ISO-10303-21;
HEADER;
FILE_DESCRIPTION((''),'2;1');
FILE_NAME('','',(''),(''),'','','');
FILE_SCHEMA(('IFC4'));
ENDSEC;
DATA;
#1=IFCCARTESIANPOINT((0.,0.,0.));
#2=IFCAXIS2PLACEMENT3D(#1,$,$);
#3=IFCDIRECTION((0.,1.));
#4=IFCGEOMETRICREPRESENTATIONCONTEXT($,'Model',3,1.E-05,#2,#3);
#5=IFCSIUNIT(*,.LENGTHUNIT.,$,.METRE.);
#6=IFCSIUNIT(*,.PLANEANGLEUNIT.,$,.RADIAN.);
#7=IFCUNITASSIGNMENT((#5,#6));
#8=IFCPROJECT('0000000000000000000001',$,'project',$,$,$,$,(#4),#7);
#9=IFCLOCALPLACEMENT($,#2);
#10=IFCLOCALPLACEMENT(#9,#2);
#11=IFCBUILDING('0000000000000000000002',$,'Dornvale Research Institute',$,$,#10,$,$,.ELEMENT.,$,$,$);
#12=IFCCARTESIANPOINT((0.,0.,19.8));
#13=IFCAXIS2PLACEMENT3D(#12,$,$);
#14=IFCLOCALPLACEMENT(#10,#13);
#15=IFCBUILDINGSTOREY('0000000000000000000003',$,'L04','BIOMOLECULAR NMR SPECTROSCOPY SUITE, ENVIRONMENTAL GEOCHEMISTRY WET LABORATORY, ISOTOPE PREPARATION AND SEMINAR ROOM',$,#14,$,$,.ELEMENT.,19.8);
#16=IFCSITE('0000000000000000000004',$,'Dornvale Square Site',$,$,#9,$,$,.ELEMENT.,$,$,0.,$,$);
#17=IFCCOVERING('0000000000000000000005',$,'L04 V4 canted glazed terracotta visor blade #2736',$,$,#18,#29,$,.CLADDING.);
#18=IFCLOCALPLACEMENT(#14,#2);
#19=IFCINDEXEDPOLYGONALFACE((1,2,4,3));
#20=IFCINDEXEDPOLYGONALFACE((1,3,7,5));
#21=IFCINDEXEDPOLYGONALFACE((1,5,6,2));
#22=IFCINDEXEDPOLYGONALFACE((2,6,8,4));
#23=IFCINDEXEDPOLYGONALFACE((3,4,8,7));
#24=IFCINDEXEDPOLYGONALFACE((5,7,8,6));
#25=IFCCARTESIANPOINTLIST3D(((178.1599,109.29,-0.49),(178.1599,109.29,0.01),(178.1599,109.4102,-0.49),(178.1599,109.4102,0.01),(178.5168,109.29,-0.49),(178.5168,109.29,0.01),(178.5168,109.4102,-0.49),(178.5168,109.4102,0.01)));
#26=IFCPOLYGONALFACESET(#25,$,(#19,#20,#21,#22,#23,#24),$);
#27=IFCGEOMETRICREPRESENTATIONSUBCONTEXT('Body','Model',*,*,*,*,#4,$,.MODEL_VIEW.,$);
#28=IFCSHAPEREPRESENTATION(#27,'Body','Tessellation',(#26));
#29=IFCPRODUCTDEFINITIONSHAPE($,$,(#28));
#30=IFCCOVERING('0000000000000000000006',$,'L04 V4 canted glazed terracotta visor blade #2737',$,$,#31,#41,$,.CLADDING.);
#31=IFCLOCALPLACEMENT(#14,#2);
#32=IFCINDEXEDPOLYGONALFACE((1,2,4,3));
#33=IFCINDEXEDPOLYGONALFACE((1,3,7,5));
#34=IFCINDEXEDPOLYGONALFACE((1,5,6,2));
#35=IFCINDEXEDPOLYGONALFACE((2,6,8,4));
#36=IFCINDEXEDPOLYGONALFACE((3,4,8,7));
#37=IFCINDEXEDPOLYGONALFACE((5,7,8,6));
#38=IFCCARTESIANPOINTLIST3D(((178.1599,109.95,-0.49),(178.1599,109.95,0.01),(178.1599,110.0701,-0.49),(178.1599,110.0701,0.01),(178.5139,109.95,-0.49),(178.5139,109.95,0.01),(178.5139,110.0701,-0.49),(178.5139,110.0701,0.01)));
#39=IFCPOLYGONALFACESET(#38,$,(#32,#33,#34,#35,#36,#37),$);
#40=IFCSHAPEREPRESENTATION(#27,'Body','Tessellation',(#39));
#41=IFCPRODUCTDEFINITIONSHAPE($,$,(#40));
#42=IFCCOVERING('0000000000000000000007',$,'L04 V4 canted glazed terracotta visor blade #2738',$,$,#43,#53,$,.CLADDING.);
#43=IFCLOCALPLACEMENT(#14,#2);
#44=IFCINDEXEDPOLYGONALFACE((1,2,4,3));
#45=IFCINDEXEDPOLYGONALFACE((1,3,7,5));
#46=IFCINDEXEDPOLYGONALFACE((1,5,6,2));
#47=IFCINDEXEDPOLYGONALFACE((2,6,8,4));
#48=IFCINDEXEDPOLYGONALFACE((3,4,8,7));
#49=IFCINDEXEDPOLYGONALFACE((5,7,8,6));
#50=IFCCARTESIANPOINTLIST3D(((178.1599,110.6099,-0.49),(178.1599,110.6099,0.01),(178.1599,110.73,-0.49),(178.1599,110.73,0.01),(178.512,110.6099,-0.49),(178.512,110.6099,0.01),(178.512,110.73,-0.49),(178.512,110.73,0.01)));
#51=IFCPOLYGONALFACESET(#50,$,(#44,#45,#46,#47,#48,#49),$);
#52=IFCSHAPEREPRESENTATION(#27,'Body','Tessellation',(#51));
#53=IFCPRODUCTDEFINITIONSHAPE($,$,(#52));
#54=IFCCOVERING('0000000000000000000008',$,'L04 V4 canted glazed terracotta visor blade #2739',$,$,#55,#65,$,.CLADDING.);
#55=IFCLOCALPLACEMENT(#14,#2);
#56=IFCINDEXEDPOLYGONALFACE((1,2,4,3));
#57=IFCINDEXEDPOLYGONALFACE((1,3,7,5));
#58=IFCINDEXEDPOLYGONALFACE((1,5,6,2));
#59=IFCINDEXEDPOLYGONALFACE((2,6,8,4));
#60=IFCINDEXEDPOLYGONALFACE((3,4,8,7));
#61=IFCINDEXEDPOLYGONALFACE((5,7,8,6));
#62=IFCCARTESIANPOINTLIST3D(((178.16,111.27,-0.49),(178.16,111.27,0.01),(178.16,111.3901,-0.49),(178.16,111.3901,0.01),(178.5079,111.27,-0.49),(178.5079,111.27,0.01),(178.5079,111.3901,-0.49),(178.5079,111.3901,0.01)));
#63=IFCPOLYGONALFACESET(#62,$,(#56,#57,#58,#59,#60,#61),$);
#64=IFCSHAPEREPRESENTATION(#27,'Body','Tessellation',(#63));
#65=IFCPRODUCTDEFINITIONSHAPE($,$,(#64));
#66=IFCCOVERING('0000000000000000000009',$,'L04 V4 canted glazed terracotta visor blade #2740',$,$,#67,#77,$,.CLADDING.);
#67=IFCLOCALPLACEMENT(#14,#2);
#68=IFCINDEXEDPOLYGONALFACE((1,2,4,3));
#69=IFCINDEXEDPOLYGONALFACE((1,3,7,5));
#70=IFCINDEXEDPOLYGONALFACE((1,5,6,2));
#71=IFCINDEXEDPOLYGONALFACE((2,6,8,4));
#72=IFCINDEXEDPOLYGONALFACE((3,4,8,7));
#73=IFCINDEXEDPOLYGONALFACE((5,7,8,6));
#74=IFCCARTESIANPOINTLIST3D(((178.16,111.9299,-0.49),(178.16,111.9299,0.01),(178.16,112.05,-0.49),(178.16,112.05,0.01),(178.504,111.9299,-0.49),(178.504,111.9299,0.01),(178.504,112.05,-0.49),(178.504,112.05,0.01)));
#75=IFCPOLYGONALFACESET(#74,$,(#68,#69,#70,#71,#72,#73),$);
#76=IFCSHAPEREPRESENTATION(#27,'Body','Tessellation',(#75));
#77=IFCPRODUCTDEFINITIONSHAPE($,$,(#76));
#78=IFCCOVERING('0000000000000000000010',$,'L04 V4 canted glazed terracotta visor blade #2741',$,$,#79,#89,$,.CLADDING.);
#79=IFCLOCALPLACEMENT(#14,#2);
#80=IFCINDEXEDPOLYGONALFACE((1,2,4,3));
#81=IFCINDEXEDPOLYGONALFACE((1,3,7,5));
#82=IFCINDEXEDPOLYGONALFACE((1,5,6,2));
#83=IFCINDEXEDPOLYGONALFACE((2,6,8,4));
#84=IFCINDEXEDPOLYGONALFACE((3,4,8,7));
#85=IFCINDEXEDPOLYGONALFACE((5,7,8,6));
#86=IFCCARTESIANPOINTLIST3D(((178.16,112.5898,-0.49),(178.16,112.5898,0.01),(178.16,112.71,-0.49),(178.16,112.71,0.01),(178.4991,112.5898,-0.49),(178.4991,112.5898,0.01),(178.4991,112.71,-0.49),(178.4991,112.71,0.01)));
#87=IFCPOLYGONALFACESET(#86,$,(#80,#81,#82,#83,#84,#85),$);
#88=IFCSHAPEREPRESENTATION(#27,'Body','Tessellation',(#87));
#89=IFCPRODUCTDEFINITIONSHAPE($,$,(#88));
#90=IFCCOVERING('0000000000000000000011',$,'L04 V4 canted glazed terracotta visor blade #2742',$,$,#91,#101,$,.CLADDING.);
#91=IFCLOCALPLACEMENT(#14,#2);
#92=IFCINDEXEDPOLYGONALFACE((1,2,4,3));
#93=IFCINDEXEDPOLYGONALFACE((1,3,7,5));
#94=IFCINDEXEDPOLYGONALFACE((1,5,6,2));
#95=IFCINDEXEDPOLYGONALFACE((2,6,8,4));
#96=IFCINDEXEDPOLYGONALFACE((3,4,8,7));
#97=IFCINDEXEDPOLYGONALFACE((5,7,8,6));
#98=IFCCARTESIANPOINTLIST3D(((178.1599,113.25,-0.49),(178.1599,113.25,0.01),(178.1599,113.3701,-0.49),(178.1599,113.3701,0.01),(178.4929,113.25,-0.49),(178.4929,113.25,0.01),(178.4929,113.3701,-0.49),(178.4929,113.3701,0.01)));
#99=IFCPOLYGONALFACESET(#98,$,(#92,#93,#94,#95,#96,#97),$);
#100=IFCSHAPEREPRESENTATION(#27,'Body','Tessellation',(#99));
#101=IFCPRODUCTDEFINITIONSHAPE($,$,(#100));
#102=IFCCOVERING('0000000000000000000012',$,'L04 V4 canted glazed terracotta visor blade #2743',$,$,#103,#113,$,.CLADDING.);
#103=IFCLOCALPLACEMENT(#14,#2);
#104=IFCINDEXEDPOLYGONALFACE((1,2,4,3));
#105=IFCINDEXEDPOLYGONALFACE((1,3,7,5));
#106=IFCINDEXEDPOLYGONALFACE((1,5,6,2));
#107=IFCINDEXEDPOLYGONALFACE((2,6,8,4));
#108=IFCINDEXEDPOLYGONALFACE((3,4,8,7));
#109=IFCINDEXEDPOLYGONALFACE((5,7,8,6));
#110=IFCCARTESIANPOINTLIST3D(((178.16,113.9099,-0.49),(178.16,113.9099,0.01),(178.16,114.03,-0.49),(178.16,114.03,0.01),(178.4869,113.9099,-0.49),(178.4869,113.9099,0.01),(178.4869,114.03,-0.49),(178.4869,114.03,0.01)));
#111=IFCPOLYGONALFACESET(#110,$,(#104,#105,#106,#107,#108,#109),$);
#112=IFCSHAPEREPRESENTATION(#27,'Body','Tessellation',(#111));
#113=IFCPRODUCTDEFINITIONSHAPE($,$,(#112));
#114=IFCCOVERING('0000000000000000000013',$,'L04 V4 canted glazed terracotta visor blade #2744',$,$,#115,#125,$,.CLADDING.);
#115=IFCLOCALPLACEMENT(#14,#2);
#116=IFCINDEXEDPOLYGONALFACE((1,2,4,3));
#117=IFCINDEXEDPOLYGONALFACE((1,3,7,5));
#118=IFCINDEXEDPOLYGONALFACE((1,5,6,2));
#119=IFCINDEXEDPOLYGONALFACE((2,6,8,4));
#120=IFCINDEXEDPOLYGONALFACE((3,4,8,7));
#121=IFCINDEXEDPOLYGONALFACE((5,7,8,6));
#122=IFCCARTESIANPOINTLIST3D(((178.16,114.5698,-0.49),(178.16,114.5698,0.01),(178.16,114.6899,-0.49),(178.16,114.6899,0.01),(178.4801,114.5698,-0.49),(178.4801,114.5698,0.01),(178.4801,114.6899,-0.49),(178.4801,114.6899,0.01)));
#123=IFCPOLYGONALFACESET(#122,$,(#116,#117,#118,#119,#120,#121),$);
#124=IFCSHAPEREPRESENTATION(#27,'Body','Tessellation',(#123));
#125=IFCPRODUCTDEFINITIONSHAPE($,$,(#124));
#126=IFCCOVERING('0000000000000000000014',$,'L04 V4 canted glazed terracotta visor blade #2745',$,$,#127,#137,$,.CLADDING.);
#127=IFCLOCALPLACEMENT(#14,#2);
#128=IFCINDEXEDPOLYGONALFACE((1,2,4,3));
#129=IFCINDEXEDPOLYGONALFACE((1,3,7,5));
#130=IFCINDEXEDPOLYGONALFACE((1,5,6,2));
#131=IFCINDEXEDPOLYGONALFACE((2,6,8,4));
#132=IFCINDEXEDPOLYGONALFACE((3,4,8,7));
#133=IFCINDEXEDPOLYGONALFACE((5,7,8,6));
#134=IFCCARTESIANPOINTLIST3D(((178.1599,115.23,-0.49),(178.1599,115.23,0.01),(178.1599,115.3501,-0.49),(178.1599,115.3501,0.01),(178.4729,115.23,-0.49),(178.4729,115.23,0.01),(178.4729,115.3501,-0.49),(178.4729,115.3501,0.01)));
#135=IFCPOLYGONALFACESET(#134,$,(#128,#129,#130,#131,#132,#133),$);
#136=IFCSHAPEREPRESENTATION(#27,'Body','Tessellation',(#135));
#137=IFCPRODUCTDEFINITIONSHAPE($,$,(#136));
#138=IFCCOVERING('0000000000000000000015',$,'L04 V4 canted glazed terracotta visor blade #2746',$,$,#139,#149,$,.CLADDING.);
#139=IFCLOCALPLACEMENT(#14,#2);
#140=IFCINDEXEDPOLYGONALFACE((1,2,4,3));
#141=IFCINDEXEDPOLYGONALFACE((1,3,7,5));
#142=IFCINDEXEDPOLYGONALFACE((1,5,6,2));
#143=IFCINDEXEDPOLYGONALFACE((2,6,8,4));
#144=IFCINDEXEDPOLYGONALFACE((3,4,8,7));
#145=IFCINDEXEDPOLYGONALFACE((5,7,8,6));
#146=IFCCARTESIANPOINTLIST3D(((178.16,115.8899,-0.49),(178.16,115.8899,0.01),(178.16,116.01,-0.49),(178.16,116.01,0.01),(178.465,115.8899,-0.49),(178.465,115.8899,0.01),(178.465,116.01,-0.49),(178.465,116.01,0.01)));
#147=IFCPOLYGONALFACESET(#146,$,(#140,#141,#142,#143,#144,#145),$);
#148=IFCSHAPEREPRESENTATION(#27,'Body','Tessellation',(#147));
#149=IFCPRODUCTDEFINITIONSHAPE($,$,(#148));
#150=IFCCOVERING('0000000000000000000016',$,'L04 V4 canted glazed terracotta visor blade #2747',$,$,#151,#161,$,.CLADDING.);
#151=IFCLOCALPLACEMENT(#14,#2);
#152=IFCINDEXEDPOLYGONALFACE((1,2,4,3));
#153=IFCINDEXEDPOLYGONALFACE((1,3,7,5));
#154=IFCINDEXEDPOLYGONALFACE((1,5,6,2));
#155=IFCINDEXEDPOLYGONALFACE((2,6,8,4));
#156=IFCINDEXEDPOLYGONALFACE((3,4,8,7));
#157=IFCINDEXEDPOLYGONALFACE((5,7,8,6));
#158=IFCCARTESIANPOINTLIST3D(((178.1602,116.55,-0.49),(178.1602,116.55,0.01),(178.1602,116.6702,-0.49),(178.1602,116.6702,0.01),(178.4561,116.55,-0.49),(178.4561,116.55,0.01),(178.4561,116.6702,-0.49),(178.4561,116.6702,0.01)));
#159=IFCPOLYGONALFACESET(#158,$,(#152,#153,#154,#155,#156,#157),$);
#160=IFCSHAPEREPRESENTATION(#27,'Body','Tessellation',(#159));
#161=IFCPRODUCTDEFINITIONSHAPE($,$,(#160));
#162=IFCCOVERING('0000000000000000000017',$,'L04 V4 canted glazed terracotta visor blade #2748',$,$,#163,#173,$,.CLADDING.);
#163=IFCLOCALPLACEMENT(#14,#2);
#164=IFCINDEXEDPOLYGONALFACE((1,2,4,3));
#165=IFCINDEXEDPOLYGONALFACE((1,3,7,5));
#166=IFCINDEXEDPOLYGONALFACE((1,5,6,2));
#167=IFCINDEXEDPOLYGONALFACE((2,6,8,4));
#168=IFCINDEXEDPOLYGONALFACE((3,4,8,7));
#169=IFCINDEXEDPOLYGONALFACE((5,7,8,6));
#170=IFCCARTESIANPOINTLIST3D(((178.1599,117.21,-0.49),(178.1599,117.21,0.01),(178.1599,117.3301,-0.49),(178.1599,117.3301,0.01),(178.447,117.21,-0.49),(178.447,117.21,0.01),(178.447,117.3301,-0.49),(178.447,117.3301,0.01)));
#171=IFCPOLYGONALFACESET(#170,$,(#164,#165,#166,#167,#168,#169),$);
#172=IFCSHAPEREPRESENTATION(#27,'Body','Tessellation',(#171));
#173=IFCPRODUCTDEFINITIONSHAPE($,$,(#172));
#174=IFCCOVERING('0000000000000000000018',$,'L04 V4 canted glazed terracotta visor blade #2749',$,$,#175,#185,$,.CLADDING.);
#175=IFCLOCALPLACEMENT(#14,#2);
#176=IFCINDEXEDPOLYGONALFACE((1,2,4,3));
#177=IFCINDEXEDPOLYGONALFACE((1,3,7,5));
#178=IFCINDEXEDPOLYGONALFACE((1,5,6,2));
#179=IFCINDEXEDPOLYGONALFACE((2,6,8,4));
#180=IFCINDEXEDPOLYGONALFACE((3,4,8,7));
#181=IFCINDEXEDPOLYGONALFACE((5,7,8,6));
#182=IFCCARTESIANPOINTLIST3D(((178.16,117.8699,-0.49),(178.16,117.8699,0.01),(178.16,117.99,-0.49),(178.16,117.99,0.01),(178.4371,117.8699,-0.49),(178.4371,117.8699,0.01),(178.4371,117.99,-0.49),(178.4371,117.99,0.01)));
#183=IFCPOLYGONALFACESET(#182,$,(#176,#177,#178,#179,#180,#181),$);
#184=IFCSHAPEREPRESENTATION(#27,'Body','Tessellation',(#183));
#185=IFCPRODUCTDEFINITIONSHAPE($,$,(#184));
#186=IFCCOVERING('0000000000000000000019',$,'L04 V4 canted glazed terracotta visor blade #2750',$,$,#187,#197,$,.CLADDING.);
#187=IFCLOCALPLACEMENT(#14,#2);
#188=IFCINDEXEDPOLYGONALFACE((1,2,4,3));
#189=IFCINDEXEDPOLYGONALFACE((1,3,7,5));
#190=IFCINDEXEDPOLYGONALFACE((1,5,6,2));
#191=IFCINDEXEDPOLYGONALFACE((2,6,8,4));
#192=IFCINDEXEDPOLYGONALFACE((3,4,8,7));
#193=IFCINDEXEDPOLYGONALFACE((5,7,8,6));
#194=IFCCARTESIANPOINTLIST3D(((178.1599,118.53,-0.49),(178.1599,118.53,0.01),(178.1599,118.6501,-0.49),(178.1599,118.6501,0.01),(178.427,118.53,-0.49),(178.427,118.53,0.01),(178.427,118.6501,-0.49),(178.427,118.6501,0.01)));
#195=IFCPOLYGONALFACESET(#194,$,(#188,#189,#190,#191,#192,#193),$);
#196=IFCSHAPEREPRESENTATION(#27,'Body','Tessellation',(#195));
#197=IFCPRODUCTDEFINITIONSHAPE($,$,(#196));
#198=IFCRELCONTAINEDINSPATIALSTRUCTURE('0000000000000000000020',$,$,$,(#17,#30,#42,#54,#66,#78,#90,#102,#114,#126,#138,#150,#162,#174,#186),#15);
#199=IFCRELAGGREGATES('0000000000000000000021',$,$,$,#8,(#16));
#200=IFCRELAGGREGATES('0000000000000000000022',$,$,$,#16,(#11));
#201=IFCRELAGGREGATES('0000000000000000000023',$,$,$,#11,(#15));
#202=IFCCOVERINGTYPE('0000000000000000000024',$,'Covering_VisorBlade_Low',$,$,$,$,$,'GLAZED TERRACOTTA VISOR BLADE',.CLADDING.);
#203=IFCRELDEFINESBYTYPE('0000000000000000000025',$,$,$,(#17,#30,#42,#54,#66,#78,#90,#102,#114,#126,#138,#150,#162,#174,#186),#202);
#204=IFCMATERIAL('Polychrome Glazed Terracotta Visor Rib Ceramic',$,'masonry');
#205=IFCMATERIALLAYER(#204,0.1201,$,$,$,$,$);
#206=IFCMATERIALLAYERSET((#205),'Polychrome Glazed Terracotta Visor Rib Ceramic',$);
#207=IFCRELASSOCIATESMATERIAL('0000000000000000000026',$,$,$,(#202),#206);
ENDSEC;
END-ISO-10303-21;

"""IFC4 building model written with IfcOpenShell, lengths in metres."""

from ifc_helpers import new_model, si_unit, direction, frame, origin, origin_2d, place, context, subcontext, project, spatial, rectangle, extrude, material, layer, layer_set, type_object, element, save


model = new_model("IFC4")

# Units and contexts
model_context = context("Model", 3, precision=1e-05, world=origin(), true_north=direction((0.0, 1.0)))
body_context = subcontext(model_context, "Body", "Model", "MODEL_VIEW")
ifc_project = project(units=[si_unit("LENGTHUNIT", "METRE"), si_unit("PLANEANGLEUNIT", "RADIAN")], contexts=[model_context])

# Site, building, storey
site_placement = place(None, origin())
site = spatial("IfcSite", under=ifc_project, at=site_placement, Name="Dornvale Square Site", CompositionType="ELEMENT", RefElevation=0.0)
building_placement = place(site_placement, origin())
building = spatial("IfcBuilding", under=site, at=building_placement, Name="Dornvale Research Institute", CompositionType="ELEMENT")
storey_placement = place(building_placement, frame((0.0, 0.0, 19.8)))
storey = spatial("IfcBuildingStorey", under=building, at=storey_placement, Name="L04", Description="BIOMOLECULAR NMR SPECTROSCOPY SUITE, ENVIRONMENTAL GEOCHEMISTRY WET LABORATORY, ISOTOPE PREPARATION AND SEMINAR ROOM", CompositionType="ELEMENT", Elevation=19.8)

# Coverings
ifc_material_1 = material(Name="Polychrome Glazed Terracotta Visor Rib Ceramic", Category="masonry")
ifc_layer_1 = layer(ifc_material_1, 0.1201)
ifc_layer_set_1 = layer_set([ifc_layer_1], Name="Polychrome Glazed Terracotta Visor Rib Ceramic")
covering_type = type_object("IfcCoveringType", Name="Covering_VisorBlade_Low", ElementType="GLAZED TERRACOTTA VISOR BLADE", PredefinedType="CLADDING", material=ifc_layer_set_1)
covering_1_placement = place(storey_placement, frame((178.3384, 109.3501, -0.49), z_axis=(0.0, 0.0, 1.0), x_axis=(1.0, 0.0, 0.0)))
element("IfcCovering", 1, at=covering_1_placement, inside=storey, type_object=covering_type, Name="L04 V4 canted glazed terracotta visor blade #2736", PredefinedType="CLADDING", context=body_context, shape_type="SweptSolid", body=[
    extrude(rectangle(XDim=0.3569, YDim=0.1201, at=origin_2d()), origin(), (0.0, 0.0, 1.0), 0.5),
])
covering_2_placement = place(storey_placement, frame((178.3369, 110.01, -0.49), z_axis=(0.0, 0.0, 1.0), x_axis=(1.0, 0.0, 0.0)))
element("IfcCovering", 2, at=covering_2_placement, inside=storey, type_object=covering_type, Name="L04 V4 canted glazed terracotta visor blade #2737", PredefinedType="CLADDING", context=body_context, shape_type="SweptSolid", body=[
    extrude(rectangle(XDim=0.354, YDim=0.1201, at=origin_2d()), origin(), (0.0, 0.0, 1.0), 0.5),
])
covering_3_placement = place(storey_placement, frame((178.3359, 110.6699, -0.49), z_axis=(0.0, 0.0, 1.0), x_axis=(1.0, 0.0, 0.0)))
element("IfcCovering", 3, at=covering_3_placement, inside=storey, type_object=covering_type, Name="L04 V4 canted glazed terracotta visor blade #2738", PredefinedType="CLADDING", context=body_context, shape_type="SweptSolid", body=[
    extrude(rectangle(XDim=0.3521, YDim=0.1201, at=origin_2d()), origin(), (0.0, 0.0, 1.0), 0.5),
])
covering_4_placement = place(storey_placement, frame((178.334, 111.3301, -0.49), z_axis=(0.0, 0.0, 1.0), x_axis=(1.0, 0.0, 0.0)))
element("IfcCovering", 4, at=covering_4_placement, inside=storey, type_object=covering_type, Name="L04 V4 canted glazed terracotta visor blade #2739", PredefinedType="CLADDING", context=body_context, shape_type="SweptSolid", body=[
    extrude(rectangle(XDim=0.3479, YDim=0.1201, at=origin_2d()), origin(), (0.0, 0.0, 1.0), 0.5),
])
covering_5_placement = place(storey_placement, frame((178.332, 111.99, -0.49), z_axis=(0.0, 0.0, 1.0), x_axis=(1.0, 0.0, 0.0)))
element("IfcCovering", 5, at=covering_5_placement, inside=storey, type_object=covering_type, Name="L04 V4 canted glazed terracotta visor blade #2740", PredefinedType="CLADDING", context=body_context, shape_type="SweptSolid", body=[
    extrude(rectangle(XDim=0.344, YDim=0.1201, at=origin_2d()), origin(), (0.0, 0.0, 1.0), 0.5),
])
covering_6_placement = place(storey_placement, frame((178.3296, 112.6499, -0.49), z_axis=(0.0, 0.0, 1.0), x_axis=(1.0, 0.0, 0.0)))
element("IfcCovering", 6, at=covering_6_placement, inside=storey, type_object=covering_type, Name="L04 V4 canted glazed terracotta visor blade #2741", PredefinedType="CLADDING", context=body_context, shape_type="SweptSolid", body=[
    extrude(rectangle(XDim=0.3391, YDim=0.1201, at=origin_2d()), origin(), (0.0, 0.0, 1.0), 0.5),
])
covering_7_placement = place(storey_placement, frame((178.3264, 113.3101, -0.49), z_axis=(0.0, 0.0, 1.0), x_axis=(1.0, 0.0, 0.0)))
element("IfcCovering", 7, at=covering_7_placement, inside=storey, type_object=covering_type, Name="L04 V4 canted glazed terracotta visor blade #2742", PredefinedType="CLADDING", context=body_context, shape_type="SweptSolid", body=[
    extrude(rectangle(XDim=0.333, YDim=0.1201, at=origin_2d()), origin(), (0.0, 0.0, 1.0), 0.5),
])
covering_8_placement = place(storey_placement, frame((178.3235, 113.97, -0.49), z_axis=(0.0, 0.0, 1.0), x_axis=(1.0, 0.0, 0.0)))
element("IfcCovering", 8, at=covering_8_placement, inside=storey, type_object=covering_type, Name="L04 V4 canted glazed terracotta visor blade #2743", PredefinedType="CLADDING", context=body_context, shape_type="SweptSolid", body=[
    extrude(rectangle(XDim=0.3269, YDim=0.1201, at=origin_2d()), origin(), (0.0, 0.0, 1.0), 0.5),
])
covering_9_placement = place(storey_placement, frame((178.3201, 114.6299, -0.49), z_axis=(0.0, 0.0, 1.0), x_axis=(1.0, 0.0, 0.0)))
element("IfcCovering", 9, at=covering_9_placement, inside=storey, type_object=covering_type, Name="L04 V4 canted glazed terracotta visor blade #2744", PredefinedType="CLADDING", context=body_context, shape_type="SweptSolid", body=[
    extrude(rectangle(XDim=0.3201, YDim=0.1201, at=origin_2d()), origin(), (0.0, 0.0, 1.0), 0.5),
])
covering_10_placement = place(storey_placement, frame((178.3164, 115.29, -0.49), z_axis=(0.0, 0.0, 1.0), x_axis=(1.0, 0.0, 0.0)))
element("IfcCovering", 10, at=covering_10_placement, inside=storey, type_object=covering_type, Name="L04 V4 canted glazed terracotta visor blade #2745", PredefinedType="CLADDING", context=body_context, shape_type="SweptSolid", body=[
    extrude(rectangle(XDim=0.313, YDim=0.1201, at=origin_2d()), origin(), (0.0, 0.0, 1.0), 0.5),
])
covering_11_placement = place(storey_placement, frame((178.3125, 115.95, -0.49), z_axis=(0.0, 0.0, 1.0), x_axis=(1.0, 0.0, 0.0)))
element("IfcCovering", 11, at=covering_11_placement, inside=storey, type_object=covering_type, Name="L04 V4 canted glazed terracotta visor blade #2746", PredefinedType="CLADDING", context=body_context, shape_type="SweptSolid", body=[
    extrude(rectangle(XDim=0.3049, YDim=0.1201, at=origin_2d()), origin(), (0.0, 0.0, 1.0), 0.5),
])
covering_12_placement = place(storey_placement, frame((178.3081, 116.6101, -0.49), z_axis=(0.0, 0.0, 1.0), x_axis=(1.0, 0.0, 0.0)))
element("IfcCovering", 12, at=covering_12_placement, inside=storey, type_object=covering_type, Name="L04 V4 canted glazed terracotta visor blade #2747", PredefinedType="CLADDING", context=body_context, shape_type="SweptSolid", body=[
    extrude(rectangle(XDim=0.2959, YDim=0.1201, at=origin_2d()), origin(), (0.0, 0.0, 1.0), 0.5),
])
covering_13_placement = place(storey_placement, frame((178.3035, 117.27, -0.49), z_axis=(0.0, 0.0, 1.0), x_axis=(1.0, 0.0, 0.0)))
element("IfcCovering", 13, at=covering_13_placement, inside=storey, type_object=covering_type, Name="L04 V4 canted glazed terracotta visor blade #2748", PredefinedType="CLADDING", context=body_context, shape_type="SweptSolid", body=[
    extrude(rectangle(XDim=0.2871, YDim=0.1201, at=origin_2d()), origin(), (0.0, 0.0, 1.0), 0.5),
])
covering_14_placement = place(storey_placement, frame((178.2986, 117.9299, -0.49), z_axis=(0.0, 0.0, 1.0), x_axis=(1.0, 0.0, 0.0)))
element("IfcCovering", 14, at=covering_14_placement, inside=storey, type_object=covering_type, Name="L04 V4 canted glazed terracotta visor blade #2749", PredefinedType="CLADDING", context=body_context, shape_type="SweptSolid", body=[
    extrude(rectangle(XDim=0.2771, YDim=0.1201, at=origin_2d()), origin(), (0.0, 0.0, 1.0), 0.5),
])
covering_15_placement = place(storey_placement, frame((178.2935, 118.5901, -0.49), z_axis=(0.0, 0.0, 1.0), x_axis=(1.0, 0.0, 0.0)))
element("IfcCovering", 15, at=covering_15_placement, inside=storey, type_object=covering_type, Name="L04 V4 canted glazed terracotta visor blade #2750", PredefinedType="CLADDING", context=body_context, shape_type="SweptSolid", body=[
    extrude(rectangle(XDim=0.2671, YDim=0.1201, at=origin_2d()), origin(), (0.0, 0.0, 1.0), 0.5),
])

save(model, "model.ifc")
